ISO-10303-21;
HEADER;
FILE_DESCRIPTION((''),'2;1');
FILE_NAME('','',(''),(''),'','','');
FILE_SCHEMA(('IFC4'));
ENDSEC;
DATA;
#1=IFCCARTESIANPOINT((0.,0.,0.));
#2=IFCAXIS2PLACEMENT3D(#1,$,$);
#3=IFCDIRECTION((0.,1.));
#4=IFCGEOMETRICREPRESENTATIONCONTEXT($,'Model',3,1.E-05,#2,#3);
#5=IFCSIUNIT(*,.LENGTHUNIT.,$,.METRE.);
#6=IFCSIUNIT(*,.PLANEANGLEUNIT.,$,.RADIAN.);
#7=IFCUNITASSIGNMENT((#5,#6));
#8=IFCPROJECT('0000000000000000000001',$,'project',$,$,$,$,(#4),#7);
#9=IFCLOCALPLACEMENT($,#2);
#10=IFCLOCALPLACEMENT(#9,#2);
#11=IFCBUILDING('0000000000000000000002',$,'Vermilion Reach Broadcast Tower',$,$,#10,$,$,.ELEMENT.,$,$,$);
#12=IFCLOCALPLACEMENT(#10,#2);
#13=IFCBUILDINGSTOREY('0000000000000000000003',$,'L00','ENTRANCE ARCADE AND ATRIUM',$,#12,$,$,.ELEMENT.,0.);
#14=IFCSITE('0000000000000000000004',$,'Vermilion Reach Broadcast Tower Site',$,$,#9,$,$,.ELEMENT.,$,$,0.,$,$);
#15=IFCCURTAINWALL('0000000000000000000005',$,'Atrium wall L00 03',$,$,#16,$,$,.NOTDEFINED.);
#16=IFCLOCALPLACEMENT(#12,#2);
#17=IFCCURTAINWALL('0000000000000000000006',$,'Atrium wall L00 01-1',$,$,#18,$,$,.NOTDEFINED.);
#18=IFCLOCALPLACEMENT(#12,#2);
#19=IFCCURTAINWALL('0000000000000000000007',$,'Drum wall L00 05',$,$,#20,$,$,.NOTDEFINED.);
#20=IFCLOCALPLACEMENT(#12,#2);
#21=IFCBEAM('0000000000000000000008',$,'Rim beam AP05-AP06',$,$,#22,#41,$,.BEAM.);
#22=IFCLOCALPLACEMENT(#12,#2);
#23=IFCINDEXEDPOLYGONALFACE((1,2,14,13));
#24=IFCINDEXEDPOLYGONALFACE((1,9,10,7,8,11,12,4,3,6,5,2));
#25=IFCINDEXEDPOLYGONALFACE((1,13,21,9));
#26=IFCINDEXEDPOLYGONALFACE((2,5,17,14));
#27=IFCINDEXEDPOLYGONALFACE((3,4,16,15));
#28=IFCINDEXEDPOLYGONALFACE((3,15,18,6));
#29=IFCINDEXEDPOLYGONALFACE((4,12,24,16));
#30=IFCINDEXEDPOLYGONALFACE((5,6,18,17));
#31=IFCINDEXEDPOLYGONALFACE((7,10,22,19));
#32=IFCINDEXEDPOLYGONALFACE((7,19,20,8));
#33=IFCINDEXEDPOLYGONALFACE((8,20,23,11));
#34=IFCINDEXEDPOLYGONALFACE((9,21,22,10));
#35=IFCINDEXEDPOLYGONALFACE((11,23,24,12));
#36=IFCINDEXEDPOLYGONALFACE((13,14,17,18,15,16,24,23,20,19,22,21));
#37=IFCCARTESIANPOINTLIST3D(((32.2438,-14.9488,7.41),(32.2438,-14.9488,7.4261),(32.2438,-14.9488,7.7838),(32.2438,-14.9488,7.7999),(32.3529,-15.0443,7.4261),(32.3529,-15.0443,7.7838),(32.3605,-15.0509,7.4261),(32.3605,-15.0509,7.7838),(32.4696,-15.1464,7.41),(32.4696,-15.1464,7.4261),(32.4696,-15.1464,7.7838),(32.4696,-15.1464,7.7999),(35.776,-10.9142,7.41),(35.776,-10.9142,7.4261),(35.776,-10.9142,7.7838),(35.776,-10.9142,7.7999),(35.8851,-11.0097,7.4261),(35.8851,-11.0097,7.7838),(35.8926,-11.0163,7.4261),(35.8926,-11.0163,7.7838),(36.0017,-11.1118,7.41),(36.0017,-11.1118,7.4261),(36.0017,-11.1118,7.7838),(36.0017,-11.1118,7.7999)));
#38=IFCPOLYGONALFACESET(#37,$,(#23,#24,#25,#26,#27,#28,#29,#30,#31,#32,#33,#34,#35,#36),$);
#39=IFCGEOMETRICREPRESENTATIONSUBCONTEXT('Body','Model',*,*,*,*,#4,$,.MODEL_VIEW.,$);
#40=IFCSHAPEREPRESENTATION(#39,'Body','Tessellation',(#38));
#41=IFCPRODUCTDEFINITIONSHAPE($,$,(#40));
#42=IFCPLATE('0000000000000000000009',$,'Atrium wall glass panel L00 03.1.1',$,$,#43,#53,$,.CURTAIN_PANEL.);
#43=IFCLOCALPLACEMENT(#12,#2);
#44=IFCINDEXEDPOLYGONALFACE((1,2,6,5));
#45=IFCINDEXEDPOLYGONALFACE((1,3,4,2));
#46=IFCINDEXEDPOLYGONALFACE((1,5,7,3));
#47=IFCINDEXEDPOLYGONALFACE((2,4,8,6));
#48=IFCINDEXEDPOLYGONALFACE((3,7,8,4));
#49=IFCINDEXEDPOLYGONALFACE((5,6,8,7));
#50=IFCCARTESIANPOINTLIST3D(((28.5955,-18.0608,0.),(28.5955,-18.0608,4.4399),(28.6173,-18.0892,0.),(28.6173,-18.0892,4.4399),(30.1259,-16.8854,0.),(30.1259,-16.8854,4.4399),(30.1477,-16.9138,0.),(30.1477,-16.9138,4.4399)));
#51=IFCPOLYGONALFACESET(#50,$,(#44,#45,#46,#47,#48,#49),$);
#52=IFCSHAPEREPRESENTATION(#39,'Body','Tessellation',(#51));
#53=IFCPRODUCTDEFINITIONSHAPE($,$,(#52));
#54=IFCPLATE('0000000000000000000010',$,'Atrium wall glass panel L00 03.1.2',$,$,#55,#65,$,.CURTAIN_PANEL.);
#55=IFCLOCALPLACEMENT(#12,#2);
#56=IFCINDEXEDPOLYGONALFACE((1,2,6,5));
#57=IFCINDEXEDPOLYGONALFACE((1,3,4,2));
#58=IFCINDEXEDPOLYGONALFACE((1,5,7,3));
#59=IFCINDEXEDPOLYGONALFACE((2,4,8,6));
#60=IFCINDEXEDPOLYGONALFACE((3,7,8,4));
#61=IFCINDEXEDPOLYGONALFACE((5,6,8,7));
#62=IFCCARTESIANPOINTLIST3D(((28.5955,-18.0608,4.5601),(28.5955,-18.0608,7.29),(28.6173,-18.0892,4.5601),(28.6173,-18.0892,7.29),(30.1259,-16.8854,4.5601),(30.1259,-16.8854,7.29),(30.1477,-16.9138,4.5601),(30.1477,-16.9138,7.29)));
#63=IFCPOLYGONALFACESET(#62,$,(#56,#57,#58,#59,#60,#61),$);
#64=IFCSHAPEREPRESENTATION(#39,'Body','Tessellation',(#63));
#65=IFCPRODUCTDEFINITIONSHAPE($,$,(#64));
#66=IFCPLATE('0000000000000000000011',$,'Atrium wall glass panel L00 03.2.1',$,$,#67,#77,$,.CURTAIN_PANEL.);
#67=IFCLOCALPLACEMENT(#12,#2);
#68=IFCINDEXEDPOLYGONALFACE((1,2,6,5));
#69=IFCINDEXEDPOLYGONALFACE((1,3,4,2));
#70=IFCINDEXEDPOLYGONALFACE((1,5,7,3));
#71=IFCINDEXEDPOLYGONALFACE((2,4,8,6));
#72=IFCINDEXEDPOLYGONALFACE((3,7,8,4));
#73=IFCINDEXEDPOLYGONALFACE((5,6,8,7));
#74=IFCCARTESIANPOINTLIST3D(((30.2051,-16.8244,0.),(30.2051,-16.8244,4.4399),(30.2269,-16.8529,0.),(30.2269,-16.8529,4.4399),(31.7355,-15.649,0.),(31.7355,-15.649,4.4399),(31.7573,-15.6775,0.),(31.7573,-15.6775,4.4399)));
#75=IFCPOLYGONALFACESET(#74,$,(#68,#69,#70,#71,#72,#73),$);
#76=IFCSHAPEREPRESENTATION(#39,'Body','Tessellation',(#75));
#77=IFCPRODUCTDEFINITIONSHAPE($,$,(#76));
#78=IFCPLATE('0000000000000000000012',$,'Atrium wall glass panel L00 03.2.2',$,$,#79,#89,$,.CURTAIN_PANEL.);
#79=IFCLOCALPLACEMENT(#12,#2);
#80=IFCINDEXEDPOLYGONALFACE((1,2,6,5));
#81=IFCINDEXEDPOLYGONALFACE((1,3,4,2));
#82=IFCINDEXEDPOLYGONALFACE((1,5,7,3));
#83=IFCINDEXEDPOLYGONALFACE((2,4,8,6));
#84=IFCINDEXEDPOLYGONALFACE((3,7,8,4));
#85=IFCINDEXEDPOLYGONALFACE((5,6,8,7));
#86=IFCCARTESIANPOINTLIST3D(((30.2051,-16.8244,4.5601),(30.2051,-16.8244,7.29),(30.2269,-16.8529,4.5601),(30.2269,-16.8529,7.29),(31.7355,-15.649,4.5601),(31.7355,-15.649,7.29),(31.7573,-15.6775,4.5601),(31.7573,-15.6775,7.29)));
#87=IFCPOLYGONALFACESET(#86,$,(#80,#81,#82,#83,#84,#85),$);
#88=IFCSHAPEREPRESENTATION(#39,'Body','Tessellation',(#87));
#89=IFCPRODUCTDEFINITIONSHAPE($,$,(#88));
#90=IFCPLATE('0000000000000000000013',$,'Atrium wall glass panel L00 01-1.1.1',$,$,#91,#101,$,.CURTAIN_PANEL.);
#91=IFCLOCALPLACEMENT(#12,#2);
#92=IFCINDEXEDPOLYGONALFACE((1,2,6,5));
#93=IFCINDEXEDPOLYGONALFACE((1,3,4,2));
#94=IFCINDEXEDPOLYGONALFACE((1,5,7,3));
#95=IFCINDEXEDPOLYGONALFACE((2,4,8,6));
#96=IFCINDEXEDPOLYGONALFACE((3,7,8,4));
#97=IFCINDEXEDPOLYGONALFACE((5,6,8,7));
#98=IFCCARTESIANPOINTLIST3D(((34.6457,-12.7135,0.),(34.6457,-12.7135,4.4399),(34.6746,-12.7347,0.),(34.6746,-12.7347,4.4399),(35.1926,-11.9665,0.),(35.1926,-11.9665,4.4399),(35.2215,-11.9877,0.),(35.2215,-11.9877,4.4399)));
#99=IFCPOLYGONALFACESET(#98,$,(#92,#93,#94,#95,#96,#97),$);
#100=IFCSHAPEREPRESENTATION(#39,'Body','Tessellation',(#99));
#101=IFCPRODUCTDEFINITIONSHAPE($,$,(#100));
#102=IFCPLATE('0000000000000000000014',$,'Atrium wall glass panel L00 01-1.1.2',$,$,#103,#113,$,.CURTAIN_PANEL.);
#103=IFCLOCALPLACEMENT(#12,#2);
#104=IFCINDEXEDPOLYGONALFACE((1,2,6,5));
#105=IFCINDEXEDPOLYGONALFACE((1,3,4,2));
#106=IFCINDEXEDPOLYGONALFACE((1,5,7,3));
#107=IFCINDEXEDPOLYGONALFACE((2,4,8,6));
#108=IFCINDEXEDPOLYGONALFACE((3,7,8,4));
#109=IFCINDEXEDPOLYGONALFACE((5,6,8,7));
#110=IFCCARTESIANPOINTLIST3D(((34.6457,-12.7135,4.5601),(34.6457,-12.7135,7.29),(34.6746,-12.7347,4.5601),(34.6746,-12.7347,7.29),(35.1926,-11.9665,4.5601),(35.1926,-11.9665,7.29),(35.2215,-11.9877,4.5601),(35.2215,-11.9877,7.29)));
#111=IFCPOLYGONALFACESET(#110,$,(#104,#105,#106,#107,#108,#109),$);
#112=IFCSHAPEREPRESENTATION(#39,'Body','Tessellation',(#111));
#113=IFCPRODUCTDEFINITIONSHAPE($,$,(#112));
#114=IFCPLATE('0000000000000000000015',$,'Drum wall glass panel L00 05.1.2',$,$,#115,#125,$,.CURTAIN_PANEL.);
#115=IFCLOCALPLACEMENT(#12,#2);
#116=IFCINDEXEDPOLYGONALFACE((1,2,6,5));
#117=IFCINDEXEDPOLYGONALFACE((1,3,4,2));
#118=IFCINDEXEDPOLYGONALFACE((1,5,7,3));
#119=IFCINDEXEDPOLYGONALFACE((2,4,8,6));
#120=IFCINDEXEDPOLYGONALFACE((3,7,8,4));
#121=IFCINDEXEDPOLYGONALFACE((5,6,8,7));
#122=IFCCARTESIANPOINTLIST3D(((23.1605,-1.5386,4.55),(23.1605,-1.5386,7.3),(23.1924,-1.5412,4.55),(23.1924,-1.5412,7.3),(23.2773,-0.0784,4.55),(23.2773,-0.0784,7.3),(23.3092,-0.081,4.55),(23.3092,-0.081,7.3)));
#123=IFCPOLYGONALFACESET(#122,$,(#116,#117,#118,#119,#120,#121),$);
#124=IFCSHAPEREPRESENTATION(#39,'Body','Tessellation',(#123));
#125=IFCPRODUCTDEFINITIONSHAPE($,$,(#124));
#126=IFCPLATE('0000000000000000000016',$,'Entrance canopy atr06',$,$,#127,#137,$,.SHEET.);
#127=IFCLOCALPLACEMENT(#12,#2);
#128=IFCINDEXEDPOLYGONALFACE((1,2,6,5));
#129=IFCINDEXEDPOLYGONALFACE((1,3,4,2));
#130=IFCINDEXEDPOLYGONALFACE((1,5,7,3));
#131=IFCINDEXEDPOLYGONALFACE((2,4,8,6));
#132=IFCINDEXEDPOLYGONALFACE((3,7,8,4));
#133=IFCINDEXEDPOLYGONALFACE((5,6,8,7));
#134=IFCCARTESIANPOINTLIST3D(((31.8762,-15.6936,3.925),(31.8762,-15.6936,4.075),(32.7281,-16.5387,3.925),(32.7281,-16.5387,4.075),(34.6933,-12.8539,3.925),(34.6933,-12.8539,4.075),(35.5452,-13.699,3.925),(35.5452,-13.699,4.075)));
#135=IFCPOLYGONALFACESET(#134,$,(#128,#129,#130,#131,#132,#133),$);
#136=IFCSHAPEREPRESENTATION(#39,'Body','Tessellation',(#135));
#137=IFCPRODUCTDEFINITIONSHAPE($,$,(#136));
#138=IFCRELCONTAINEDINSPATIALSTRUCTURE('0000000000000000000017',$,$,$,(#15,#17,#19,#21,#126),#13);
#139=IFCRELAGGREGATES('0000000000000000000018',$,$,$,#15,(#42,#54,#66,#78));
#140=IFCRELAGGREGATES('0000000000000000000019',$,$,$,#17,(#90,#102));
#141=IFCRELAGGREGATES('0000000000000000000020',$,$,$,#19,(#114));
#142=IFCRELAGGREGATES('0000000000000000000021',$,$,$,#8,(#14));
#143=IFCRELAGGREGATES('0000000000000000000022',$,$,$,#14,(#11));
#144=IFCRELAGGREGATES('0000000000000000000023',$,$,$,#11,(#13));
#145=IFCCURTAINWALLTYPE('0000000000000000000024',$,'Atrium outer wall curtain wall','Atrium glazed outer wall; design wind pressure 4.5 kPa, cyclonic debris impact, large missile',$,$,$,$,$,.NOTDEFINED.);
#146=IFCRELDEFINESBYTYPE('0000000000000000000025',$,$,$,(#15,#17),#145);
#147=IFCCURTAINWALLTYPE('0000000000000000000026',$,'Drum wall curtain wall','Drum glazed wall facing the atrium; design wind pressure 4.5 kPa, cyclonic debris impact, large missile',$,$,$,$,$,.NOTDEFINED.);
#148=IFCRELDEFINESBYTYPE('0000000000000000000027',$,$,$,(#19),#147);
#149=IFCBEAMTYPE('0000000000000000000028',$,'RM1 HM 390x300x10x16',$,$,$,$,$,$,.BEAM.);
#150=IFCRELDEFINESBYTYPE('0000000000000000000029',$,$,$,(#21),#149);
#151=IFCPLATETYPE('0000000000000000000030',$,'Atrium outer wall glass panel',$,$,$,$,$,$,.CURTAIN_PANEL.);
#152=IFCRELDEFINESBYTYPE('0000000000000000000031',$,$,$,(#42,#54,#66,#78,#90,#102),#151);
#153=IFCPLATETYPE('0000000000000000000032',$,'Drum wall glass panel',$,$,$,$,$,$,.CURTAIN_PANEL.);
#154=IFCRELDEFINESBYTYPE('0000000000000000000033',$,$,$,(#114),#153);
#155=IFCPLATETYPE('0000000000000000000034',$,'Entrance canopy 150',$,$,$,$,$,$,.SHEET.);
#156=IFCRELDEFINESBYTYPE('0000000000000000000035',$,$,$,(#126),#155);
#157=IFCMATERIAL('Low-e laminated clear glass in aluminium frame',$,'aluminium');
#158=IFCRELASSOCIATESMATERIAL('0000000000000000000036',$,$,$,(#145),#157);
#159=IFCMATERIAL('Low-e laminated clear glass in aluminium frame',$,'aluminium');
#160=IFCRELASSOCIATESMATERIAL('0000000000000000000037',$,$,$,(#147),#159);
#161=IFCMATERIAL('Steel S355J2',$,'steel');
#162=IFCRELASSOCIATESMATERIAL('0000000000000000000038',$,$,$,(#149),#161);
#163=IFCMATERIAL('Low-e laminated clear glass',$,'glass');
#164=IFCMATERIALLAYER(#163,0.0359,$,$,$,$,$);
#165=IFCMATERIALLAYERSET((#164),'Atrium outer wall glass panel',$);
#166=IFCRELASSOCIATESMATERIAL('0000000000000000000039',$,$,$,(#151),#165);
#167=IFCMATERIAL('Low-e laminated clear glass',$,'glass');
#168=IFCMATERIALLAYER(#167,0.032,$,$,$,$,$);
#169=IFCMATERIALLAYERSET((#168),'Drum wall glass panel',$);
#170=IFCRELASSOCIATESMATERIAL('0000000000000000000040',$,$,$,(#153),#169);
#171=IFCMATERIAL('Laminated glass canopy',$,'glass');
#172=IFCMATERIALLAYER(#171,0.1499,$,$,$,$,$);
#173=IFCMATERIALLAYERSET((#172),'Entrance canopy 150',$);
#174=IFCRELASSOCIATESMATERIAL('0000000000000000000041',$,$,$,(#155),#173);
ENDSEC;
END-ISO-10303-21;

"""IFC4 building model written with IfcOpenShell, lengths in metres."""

from ifc_helpers import new_model, si_unit, direction, frame, origin, origin_2d, place, context, subcontext, project, spatial, rectangle, i_section, extrude, material, layer, layer_set, material_profile, profile_set, type_object, element, aggregate, save


model = new_model("IFC4")

# Units and contexts
model_context = context("Model", 3, precision=1e-05, world=origin(), true_north=direction((0.0, 1.0)))
body_context = subcontext(model_context, "Body", "Model", "MODEL_VIEW")
ifc_project = project(units=[si_unit("LENGTHUNIT", "METRE"), si_unit("PLANEANGLEUNIT", "RADIAN")], contexts=[model_context])

# Site, building, storey
site_placement = place(None, origin())
site = spatial("IfcSite", under=ifc_project, at=site_placement, Name="Vermilion Reach Broadcast Tower Site", CompositionType="ELEMENT", RefElevation=0.0)
building_placement = place(site_placement, origin())
building = spatial("IfcBuilding", under=site, at=building_placement, Name="Vermilion Reach Broadcast Tower", CompositionType="ELEMENT")
storey_placement = place(building_placement, origin())
storey = spatial("IfcBuildingStorey", under=building, at=storey_placement, Name="L00", Description="ENTRANCE ARCADE AND ATRIUM", CompositionType="ELEMENT", Elevation=0.0)

# Curtain walls
ifc_material_1 = material(Name="Low-e laminated clear glass in aluminium frame", Category="aluminium")
curtain_wall_type_1 = type_object("IfcCurtainWallType", Name="Atrium outer wall curtain wall", Description="Atrium glazed outer wall; design wind pressure 4.5 kPa, cyclonic debris impact, large missile", PredefinedType="NOTDEFINED", material=ifc_material_1)
placement = place(storey_placement, origin())
curtain_wall_1 = element("IfcCurtainWall", 1, at=placement, inside=storey, type_object=curtain_wall_type_1, Name="Atrium wall L00 03", PredefinedType="NOTDEFINED")
curtain_wall_2 = element("IfcCurtainWall", 2, at=placement, inside=storey, type_object=curtain_wall_type_1, Name="Atrium wall L00 01-1", PredefinedType="NOTDEFINED")

# Curtain wall
ifc_material_2 = material(Name="Low-e laminated clear glass in aluminium frame", Category="aluminium")
curtain_wall_type_2 = type_object("IfcCurtainWallType", Name="Drum wall curtain wall", Description="Drum glazed wall facing the atrium; design wind pressure 4.5 kPa, cyclonic debris impact, large missile", PredefinedType="NOTDEFINED", material=ifc_material_2)
curtain_wall_3 = element("IfcCurtainWall", 3, at=placement, inside=storey, type_object=curtain_wall_type_2, Name="Drum wall L00 05", PredefinedType="NOTDEFINED")

# Beam
ifc_material_3 = material(Name="Steel S355J2", Category="steel")
ifc_material_profile_1 = material_profile(ifc_material_3, i_section(OverallWidth=0.3, OverallDepth=0.3899, WebThickness=0.01, FlangeThickness=0.0161, at=origin_2d()), Name="S355J2 HM 390x300x10x16")
ifc_profile_set_1 = profile_set([ifc_material_profile_1], Name="Steel S355J2")
beam_type = type_object("IfcBeamType", Name="RM1 HM 390x300x10x16", PredefinedType="BEAM", material=ifc_profile_set_1)
beam_placement = place(storey_placement, frame((32.3567, -15.0476, 7.605), z_axis=(0.658704, 0.752402, 0.0), x_axis=(-0.752402, 0.658704, 0.0)))
element("IfcBeam", 4, at=beam_placement, inside=storey, type_object=beam_type, Name="Rim beam AP05-AP06", PredefinedType="BEAM", context=body_context, shape_type="SweptSolid", body=[
    extrude(i_section(OverallWidth=0.3, OverallDepth=0.3899, WebThickness=0.01, FlangeThickness=0.0161, at=origin_2d()), origin(), (0.0, 0.0, 1.0), 5.3623),
])

# Plates
ifc_material_4 = material(Name="Low-e laminated clear glass", Category="glass")
ifc_layer_1 = layer(ifc_material_4, 0.0359)
ifc_layer_set_1 = layer_set([ifc_layer_1], Name="Atrium outer wall glass panel")
plate_type_1 = type_object("IfcPlateType", Name="Atrium outer wall glass panel", PredefinedType="CURTAIN_PANEL", material=ifc_layer_set_1)
plate_1_placement = place(storey_placement, frame((29.3716, -17.4873, 0.0), z_axis=(0.0, 0.0, 1.0), x_axis=(0.793083, 0.609114, 0.0)))
plate_1 = element("IfcPlate", 5, at=plate_1_placement, type_object=plate_type_1, Name="Atrium wall glass panel L00 03.1.1", PredefinedType="CURTAIN_PANEL", context=body_context, shape_type="SweptSolid", body=[
    extrude(rectangle(XDim=1.9297, YDim=0.0359, at=origin_2d()), origin(), (0.0, 0.0, 1.0), 4.4399),
])
plate_2_placement = place(storey_placement, frame((29.3716, -17.4873, 4.5601), z_axis=(0.0, 0.0, 1.0), x_axis=(0.793083, 0.609114, 0.0)))
plate_2 = element("IfcPlate", 6, at=plate_2_placement, type_object=plate_type_1, Name="Atrium wall glass panel L00 03.1.2", PredefinedType="CURTAIN_PANEL", context=body_context, shape_type="SweptSolid", body=[
    extrude(rectangle(XDim=1.9297, YDim=0.0359, at=origin_2d()), origin(), (0.0, 0.0, 1.0), 2.73),
])
plate_3_placement = place(storey_placement, frame((30.9812, -16.251, 0.0), z_axis=(0.0, 0.0, 1.0), x_axis=(0.793083, 0.609114, 0.0)))
plate_3 = element("IfcPlate", 7, at=plate_3_placement, type_object=plate_type_1, Name="Atrium wall glass panel L00 03.2.1", PredefinedType="CURTAIN_PANEL", context=body_context, shape_type="SweptSolid", body=[
    extrude(rectangle(XDim=1.9297, YDim=0.0359, at=origin_2d()), origin(), (0.0, 0.0, 1.0), 4.4399),
])
plate_4_placement = place(storey_placement, frame((30.9812, -16.251, 4.5601), z_axis=(0.0, 0.0, 1.0), x_axis=(0.793083, 0.609114, 0.0)))
plate_4 = element("IfcPlate", 8, at=plate_4_placement, type_object=plate_type_1, Name="Atrium wall glass panel L00 03.2.2", PredefinedType="CURTAIN_PANEL", context=body_context, shape_type="SweptSolid", body=[
    extrude(rectangle(XDim=1.9297, YDim=0.0359, at=origin_2d()), origin(), (0.0, 0.0, 1.0), 2.73),
])
aggregate(curtain_wall_1, [plate_1, plate_2, plate_3, plate_4])
plate_5_placement = place(storey_placement, frame((34.9336, -12.3506, 0.0), z_axis=(0.0, 0.0, 1.0), x_axis=(0.59076, 0.806847, 0.0)))
plate_5 = element("IfcPlate", 9, at=plate_5_placement, type_object=plate_type_1, Name="Atrium wall glass panel L00 01-1.1.1", PredefinedType="CURTAIN_PANEL", context=body_context, shape_type="SweptSolid", body=[
    extrude(rectangle(XDim=0.9258, YDim=0.0359, at=origin_2d()), origin(), (0.0, 0.0, 1.0), 4.4399),
])
plate_6_placement = place(storey_placement, frame((34.9336, -12.3506, 4.5601), z_axis=(0.0, 0.0, 1.0), x_axis=(0.59076, 0.806847, 0.0)))
plate_6 = element("IfcPlate", 10, at=plate_6_placement, type_object=plate_type_1, Name="Atrium wall glass panel L00 01-1.1.2", PredefinedType="CURTAIN_PANEL", context=body_context, shape_type="SweptSolid", body=[
    extrude(rectangle(XDim=0.9258, YDim=0.0359, at=origin_2d()), origin(), (0.0, 0.0, 1.0), 2.73),
])
aggregate(curtain_wall_2, [plate_5, plate_6])
ifc_material_5 = material(Name="Low-e laminated clear glass", Category="glass")
ifc_layer_2 = layer(ifc_material_5, 0.032)
ifc_layer_set_2 = layer_set([ifc_layer_2], Name="Drum wall glass panel")
plate_type_2 = type_object("IfcPlateType", Name="Drum wall glass panel", PredefinedType="CURTAIN_PANEL", material=ifc_layer_set_2)
plate_7_placement = place(storey_placement, frame((23.2349, -0.8098, 4.55), z_axis=(0.0, 0.0, 1.0), x_axis=(-0.079726, -0.996817, 0.0)))
plate_7 = element("IfcPlate", 11, at=plate_7_placement, type_object=plate_type_2, Name="Drum wall glass panel L00 05.1.2", PredefinedType="CURTAIN_PANEL", context=body_context, shape_type="SweptSolid", body=[
    extrude(rectangle(XDim=1.4648, YDim=0.032, at=origin_2d()), origin(), (0.0, 0.0, 1.0), 2.75),
])
aggregate(curtain_wall_3, [plate_7])
ifc_material_6 = material(Name="Laminated glass canopy", Category="glass")
ifc_layer_3 = layer(ifc_material_6, 0.1499)
ifc_layer_set_3 = layer_set([ifc_layer_3], Name="Entrance canopy 150")
plate_type_3 = type_object("IfcPlateType", Name="Entrance canopy 150", PredefinedType="SHEET", material=ifc_layer_set_3)
plate_8_placement = place(storey_placement, frame((33.7107, -14.6963, 3.925), z_axis=(0.0, 0.0, 1.0), x_axis=(-0.704276, -0.709926, 0.0)))
element("IfcPlate", 12, at=plate_8_placement, inside=storey, type_object=plate_type_3, Name="Entrance canopy atr06", PredefinedType="SHEET", context=body_context, shape_type="SweptSolid", body=[
    extrude(rectangle(XDim=4.0, YDim=1.2, at=origin_2d()), origin(), (0.0, 0.0, 1.0), 0.1499),
])

save(model, "model.ifc")
